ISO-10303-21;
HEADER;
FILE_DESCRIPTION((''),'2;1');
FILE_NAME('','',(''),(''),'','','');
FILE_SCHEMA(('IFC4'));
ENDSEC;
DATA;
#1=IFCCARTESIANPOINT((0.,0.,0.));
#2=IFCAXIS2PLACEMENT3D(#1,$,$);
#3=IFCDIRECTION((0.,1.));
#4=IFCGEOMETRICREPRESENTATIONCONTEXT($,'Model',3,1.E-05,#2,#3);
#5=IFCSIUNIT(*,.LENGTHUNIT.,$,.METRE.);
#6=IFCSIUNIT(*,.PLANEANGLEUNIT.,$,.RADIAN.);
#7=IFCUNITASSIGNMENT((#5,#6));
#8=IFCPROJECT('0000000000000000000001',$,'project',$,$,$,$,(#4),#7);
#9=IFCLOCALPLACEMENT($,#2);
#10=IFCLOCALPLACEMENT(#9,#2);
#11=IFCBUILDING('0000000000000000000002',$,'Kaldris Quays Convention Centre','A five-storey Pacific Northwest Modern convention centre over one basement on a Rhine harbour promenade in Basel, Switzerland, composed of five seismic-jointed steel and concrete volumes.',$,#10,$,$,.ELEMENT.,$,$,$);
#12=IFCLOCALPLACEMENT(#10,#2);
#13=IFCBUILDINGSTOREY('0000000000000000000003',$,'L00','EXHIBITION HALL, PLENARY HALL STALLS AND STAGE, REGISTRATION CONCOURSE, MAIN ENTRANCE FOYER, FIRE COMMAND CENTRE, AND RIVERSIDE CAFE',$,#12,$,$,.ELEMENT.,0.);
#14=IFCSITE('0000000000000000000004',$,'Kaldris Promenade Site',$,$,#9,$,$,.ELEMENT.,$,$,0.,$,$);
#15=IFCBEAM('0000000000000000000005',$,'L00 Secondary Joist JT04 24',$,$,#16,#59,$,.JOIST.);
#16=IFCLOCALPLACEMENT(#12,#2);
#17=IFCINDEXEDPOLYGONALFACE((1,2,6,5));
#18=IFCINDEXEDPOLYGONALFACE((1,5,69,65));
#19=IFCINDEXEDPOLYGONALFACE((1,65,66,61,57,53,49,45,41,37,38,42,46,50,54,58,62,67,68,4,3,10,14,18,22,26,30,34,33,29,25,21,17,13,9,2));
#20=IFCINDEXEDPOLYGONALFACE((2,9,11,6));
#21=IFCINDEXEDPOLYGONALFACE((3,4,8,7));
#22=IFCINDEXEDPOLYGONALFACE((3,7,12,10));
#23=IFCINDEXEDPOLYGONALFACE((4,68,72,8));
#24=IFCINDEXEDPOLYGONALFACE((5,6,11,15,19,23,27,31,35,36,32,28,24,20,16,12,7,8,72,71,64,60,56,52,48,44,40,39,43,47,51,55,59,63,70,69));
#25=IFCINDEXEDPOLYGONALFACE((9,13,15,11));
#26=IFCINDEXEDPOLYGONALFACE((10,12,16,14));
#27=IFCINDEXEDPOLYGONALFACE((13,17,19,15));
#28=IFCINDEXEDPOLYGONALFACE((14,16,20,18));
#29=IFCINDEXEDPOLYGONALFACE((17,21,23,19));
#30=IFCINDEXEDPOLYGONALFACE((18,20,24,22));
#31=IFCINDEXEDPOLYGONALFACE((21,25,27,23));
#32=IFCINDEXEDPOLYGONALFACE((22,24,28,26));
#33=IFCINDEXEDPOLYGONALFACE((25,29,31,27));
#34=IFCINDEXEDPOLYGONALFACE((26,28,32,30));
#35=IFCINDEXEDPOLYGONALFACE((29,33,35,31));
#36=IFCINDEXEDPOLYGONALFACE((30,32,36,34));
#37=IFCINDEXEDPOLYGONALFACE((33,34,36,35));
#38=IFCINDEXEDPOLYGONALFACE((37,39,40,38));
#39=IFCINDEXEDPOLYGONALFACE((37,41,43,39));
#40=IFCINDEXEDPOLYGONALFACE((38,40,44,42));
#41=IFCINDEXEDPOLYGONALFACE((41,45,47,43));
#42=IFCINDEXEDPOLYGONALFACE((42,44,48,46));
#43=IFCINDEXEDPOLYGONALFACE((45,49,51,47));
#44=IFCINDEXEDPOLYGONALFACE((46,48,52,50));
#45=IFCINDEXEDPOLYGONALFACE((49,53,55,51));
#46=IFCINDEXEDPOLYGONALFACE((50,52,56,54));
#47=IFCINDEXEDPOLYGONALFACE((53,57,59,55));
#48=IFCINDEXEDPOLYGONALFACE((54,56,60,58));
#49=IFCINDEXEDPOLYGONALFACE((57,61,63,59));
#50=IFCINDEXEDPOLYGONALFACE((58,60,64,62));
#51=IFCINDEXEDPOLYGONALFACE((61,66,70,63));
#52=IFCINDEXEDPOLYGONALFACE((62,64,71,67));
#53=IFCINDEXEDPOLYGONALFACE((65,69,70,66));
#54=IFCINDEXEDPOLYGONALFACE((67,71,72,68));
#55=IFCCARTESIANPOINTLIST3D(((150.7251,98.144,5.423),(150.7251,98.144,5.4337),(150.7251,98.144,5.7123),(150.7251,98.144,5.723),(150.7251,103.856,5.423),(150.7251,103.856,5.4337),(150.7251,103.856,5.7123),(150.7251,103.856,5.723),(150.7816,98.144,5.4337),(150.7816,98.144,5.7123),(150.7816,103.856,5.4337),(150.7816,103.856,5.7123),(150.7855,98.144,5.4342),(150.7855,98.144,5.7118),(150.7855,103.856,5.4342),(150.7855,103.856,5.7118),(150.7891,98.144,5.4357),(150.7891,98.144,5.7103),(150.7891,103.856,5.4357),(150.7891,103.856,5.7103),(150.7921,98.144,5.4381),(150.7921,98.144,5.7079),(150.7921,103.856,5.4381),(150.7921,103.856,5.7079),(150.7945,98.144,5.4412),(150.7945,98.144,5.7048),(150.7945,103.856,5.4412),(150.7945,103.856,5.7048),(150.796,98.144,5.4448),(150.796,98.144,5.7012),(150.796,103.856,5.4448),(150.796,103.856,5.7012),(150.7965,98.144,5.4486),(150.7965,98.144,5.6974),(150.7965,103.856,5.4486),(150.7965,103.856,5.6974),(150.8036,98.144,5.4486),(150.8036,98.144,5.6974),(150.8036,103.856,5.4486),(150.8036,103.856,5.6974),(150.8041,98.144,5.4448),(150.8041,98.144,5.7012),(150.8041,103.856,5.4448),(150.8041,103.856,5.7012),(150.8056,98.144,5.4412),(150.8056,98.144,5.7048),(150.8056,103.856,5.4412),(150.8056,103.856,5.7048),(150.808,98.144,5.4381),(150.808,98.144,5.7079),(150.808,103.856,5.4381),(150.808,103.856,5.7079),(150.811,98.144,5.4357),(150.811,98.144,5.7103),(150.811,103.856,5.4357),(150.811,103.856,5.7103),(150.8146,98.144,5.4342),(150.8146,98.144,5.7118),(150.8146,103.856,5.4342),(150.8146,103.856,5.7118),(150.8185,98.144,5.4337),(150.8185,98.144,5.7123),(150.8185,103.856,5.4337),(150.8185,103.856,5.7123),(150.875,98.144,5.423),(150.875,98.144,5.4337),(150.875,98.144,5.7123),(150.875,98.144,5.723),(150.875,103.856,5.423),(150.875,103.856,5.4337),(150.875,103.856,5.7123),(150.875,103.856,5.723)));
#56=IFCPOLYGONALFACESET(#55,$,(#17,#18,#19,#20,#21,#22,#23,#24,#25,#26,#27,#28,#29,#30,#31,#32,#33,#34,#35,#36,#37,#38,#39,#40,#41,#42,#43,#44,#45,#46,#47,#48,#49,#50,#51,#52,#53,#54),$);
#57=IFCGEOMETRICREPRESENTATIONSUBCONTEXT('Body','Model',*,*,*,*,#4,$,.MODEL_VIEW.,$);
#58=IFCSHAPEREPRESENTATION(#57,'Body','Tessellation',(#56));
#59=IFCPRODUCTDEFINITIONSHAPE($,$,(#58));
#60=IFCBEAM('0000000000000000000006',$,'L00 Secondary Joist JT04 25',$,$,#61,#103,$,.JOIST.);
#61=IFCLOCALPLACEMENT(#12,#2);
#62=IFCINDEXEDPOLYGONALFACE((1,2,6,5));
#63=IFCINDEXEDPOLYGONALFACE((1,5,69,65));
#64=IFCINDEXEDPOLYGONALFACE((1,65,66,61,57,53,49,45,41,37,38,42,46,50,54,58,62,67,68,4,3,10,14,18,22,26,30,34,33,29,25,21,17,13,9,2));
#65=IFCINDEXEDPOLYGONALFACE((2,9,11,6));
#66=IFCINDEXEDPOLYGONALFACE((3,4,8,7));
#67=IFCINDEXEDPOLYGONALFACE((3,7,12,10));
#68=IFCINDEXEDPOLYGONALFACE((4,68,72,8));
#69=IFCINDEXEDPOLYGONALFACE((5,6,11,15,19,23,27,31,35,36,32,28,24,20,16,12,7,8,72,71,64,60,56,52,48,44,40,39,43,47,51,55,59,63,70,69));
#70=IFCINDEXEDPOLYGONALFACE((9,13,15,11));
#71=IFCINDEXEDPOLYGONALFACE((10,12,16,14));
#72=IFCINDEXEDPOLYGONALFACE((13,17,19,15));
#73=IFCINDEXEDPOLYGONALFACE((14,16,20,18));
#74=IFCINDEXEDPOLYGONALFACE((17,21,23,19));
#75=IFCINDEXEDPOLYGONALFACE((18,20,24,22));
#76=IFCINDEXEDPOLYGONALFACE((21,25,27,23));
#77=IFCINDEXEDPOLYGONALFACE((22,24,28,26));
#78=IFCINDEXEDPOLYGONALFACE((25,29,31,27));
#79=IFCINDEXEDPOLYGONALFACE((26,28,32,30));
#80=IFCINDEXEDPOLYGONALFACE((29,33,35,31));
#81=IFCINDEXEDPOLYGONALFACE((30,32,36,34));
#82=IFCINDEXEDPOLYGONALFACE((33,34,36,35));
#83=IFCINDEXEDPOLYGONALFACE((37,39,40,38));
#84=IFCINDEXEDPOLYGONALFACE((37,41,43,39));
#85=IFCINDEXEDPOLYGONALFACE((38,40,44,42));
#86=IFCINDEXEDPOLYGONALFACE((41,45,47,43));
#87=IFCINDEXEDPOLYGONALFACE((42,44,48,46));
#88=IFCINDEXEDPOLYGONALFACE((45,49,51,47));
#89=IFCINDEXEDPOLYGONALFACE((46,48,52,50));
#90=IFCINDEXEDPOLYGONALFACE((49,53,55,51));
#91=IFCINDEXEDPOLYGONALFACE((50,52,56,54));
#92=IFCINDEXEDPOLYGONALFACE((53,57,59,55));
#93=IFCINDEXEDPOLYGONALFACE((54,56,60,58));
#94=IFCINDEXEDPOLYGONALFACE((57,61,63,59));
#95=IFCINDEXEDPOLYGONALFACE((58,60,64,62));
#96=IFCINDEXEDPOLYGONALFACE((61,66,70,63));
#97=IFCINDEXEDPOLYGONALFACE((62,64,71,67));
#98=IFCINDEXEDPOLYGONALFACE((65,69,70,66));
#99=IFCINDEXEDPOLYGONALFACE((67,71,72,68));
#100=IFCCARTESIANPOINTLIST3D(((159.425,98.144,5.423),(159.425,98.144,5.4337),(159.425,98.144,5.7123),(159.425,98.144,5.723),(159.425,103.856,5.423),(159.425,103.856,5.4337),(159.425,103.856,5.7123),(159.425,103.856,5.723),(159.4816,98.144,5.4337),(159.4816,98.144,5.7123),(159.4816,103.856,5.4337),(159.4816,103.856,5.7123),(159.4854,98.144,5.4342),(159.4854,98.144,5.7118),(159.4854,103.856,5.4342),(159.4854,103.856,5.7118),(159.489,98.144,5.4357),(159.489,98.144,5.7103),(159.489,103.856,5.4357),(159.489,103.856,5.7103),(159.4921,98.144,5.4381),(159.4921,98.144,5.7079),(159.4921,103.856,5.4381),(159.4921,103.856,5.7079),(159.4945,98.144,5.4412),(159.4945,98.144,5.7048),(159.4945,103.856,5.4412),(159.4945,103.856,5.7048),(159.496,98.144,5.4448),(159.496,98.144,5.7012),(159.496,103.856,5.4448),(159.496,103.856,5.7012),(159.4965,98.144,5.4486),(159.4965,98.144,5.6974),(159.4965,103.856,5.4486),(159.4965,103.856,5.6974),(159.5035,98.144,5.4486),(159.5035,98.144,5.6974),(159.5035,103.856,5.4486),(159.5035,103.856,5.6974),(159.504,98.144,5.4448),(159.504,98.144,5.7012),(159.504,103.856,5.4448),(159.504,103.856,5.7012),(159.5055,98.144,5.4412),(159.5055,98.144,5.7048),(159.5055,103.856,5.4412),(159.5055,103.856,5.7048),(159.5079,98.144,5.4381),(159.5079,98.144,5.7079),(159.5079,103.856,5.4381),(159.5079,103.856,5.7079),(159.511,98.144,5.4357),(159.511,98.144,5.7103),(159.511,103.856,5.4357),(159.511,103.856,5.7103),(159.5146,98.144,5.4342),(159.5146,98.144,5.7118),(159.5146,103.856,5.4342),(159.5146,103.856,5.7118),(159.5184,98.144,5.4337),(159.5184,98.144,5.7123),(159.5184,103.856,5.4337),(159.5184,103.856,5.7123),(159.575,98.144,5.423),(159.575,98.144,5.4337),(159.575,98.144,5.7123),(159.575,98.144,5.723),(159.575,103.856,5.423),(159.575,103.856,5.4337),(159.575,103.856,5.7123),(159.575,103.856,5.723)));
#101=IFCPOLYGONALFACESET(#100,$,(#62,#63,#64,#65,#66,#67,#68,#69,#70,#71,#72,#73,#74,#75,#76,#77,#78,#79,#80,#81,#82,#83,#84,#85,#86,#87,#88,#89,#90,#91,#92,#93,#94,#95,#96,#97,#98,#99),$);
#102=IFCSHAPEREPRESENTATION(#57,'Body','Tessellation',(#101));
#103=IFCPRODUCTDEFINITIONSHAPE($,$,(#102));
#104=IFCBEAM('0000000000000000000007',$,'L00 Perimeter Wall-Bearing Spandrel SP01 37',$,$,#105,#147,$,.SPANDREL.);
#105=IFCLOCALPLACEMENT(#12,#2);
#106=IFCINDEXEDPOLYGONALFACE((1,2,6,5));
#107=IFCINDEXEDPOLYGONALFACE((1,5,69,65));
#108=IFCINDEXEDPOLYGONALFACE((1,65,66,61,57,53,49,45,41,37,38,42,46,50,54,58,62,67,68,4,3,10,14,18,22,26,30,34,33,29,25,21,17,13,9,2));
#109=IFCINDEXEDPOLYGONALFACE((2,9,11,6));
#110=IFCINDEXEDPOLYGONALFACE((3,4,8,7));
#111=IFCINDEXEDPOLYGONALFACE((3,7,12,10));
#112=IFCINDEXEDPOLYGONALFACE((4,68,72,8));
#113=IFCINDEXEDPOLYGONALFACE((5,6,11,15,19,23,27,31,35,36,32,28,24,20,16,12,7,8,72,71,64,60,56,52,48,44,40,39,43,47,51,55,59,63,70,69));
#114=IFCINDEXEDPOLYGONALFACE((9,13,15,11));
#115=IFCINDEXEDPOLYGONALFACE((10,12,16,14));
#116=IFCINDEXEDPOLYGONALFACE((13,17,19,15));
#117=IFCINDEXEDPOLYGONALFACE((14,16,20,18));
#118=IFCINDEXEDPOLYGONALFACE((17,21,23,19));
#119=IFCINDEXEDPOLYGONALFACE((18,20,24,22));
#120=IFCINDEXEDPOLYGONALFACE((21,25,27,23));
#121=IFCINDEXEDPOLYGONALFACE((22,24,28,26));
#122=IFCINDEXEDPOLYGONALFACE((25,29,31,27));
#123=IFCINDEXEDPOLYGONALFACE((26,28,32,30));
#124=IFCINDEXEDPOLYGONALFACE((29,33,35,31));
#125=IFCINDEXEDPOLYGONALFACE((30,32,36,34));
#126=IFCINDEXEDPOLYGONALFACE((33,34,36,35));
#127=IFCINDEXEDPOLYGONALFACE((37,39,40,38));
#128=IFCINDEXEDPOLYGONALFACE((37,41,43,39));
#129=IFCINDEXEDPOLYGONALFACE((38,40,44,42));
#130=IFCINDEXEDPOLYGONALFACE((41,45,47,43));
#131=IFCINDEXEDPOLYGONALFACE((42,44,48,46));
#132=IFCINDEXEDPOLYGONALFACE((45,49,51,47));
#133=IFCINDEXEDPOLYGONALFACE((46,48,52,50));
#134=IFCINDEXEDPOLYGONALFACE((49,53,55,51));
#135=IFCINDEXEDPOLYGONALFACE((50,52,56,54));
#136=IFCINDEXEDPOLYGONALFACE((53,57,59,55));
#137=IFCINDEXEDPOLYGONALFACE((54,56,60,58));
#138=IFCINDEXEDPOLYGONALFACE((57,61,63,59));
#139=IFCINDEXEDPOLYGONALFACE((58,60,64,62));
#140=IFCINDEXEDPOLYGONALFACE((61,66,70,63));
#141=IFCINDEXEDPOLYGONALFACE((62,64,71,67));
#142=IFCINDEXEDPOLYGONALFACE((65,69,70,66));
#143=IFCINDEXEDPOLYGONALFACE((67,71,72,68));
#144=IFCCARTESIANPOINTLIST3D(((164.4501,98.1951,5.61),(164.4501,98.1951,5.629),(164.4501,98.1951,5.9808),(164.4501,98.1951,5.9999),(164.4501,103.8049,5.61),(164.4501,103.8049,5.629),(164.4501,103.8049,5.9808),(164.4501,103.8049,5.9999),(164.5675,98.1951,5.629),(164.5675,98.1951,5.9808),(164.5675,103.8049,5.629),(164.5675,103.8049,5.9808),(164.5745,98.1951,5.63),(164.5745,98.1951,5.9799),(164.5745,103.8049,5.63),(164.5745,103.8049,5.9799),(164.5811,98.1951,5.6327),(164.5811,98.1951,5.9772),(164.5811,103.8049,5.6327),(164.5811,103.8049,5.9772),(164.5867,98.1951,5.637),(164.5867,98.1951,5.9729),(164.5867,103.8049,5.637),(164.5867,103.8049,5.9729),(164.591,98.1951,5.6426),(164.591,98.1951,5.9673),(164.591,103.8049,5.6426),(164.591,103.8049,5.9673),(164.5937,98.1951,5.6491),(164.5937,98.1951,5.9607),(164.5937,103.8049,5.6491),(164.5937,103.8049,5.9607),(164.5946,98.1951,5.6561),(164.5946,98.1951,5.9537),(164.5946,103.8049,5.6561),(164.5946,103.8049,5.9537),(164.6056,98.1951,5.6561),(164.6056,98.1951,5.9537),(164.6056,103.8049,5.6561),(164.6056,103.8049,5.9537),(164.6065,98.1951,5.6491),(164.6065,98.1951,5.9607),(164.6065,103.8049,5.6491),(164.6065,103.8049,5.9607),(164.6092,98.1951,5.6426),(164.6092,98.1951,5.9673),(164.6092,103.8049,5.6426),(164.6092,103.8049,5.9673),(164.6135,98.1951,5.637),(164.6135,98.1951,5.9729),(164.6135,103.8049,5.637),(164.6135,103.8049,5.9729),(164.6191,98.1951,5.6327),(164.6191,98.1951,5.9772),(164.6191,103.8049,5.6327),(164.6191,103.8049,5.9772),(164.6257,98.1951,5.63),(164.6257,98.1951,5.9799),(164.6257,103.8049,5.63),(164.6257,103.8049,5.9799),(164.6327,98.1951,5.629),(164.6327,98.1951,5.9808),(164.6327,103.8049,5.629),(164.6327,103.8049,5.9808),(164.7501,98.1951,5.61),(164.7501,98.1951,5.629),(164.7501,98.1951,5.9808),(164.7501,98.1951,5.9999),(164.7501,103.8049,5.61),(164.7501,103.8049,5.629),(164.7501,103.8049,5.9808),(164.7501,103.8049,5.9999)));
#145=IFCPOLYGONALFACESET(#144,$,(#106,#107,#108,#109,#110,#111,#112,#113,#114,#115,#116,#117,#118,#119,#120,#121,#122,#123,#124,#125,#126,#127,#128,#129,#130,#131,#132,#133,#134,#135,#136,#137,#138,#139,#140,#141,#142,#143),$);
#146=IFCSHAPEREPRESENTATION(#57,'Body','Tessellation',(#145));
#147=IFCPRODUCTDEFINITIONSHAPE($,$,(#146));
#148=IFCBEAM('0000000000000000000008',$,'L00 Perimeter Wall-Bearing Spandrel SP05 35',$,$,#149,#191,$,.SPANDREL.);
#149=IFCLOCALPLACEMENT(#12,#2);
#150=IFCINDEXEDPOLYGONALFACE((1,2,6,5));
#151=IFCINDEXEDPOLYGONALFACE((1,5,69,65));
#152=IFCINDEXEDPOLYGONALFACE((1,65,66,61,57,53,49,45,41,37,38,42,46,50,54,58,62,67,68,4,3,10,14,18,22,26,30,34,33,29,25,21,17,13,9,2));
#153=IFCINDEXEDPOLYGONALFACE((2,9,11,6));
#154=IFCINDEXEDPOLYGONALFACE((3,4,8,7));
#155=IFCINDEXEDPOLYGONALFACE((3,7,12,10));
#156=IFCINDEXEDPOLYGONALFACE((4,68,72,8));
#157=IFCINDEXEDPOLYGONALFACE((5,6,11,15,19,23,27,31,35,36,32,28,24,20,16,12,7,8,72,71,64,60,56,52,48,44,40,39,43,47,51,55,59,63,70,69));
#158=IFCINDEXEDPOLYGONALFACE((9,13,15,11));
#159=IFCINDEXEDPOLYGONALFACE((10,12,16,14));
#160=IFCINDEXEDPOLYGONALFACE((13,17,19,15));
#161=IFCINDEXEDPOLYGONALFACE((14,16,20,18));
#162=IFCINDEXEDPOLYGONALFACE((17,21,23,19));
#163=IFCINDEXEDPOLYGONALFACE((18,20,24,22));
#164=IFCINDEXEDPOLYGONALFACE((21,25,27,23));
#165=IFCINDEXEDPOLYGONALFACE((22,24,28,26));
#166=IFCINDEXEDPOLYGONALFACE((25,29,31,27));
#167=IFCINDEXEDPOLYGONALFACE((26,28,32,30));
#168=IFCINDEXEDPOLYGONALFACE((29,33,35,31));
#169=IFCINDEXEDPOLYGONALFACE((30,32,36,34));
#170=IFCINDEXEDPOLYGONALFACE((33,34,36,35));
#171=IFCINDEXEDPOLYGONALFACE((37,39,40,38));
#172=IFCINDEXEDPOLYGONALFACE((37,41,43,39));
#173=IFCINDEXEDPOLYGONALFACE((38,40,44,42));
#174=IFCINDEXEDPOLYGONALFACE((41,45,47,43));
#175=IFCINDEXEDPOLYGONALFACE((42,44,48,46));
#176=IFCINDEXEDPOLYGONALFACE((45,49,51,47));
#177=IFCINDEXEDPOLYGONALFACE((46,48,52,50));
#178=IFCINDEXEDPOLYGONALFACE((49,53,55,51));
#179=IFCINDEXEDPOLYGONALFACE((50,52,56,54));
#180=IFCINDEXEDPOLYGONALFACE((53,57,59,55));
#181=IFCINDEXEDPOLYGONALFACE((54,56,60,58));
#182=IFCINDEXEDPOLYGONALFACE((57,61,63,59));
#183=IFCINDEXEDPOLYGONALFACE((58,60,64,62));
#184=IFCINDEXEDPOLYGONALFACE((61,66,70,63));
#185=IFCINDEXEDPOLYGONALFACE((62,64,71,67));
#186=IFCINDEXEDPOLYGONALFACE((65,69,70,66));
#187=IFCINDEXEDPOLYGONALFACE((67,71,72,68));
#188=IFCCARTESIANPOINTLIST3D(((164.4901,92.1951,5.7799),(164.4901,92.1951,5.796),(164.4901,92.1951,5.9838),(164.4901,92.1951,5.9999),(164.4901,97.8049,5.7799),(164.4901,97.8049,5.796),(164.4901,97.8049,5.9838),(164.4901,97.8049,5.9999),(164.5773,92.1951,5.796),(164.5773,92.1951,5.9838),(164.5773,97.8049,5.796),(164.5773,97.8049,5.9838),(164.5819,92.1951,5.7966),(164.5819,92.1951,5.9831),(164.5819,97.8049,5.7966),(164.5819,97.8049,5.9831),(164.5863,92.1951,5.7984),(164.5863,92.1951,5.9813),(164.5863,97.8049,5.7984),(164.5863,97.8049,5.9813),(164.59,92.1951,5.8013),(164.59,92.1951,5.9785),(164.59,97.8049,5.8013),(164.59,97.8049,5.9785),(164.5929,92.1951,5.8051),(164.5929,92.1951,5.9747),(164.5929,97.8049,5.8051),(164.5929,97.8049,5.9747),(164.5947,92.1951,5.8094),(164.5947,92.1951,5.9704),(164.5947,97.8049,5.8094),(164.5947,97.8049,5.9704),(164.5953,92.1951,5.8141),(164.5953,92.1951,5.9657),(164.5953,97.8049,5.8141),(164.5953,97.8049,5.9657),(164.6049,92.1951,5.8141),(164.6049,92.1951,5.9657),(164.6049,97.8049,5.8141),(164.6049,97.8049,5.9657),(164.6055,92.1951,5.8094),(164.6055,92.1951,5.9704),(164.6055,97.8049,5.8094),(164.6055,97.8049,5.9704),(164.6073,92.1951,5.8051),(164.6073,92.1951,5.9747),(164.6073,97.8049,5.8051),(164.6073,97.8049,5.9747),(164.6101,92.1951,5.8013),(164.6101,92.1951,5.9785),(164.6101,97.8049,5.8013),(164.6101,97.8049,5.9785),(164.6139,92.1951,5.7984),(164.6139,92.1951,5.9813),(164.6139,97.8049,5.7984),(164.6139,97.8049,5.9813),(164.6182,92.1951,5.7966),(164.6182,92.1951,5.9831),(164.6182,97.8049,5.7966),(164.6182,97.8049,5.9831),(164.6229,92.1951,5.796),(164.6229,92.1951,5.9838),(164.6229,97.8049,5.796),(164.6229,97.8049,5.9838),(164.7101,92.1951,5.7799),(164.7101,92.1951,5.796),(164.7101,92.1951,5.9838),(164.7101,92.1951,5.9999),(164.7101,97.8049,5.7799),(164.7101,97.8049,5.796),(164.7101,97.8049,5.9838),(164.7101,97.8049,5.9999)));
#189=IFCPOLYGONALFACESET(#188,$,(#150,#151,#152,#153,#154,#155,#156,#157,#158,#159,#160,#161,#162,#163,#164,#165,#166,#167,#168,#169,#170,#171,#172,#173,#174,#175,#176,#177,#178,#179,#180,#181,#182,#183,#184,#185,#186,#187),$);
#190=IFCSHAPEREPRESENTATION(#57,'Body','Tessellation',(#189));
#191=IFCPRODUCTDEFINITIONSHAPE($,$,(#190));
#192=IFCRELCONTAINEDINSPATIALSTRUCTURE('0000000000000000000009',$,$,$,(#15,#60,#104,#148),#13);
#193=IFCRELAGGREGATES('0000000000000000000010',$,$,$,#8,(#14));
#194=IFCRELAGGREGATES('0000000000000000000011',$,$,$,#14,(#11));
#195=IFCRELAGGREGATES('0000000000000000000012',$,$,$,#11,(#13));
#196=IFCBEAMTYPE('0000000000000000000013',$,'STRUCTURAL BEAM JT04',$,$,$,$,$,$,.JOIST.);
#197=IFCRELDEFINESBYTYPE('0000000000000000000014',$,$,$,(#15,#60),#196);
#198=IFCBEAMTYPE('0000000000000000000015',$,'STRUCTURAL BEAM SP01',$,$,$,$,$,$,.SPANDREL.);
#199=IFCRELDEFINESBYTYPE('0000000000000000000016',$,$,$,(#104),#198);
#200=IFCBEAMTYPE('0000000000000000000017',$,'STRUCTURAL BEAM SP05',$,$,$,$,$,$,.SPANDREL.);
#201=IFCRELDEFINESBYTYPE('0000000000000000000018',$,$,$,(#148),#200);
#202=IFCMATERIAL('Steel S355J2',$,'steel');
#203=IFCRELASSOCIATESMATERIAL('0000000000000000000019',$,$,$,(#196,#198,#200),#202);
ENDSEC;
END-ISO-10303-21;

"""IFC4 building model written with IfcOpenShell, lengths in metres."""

from ifc_helpers import new_model, si_unit, direction, frame, origin, origin_2d, place, context, subcontext, project, spatial, i_section, extrude, material, material_profile, profile_set, type_object, element, save


model = new_model("IFC4")

# Units and contexts
model_context = context("Model", 3, precision=1e-05, world=origin(), true_north=direction((0.0, 1.0)))
body_context = subcontext(model_context, "Body", "Model", "MODEL_VIEW")
ifc_project = project(units=[si_unit("LENGTHUNIT", "METRE"), si_unit("PLANEANGLEUNIT", "RADIAN")], contexts=[model_context])

# Site, building, storey
site_placement = place(None, origin())
site = spatial("IfcSite", under=ifc_project, at=site_placement, Name="Kaldris Promenade Site", CompositionType="ELEMENT", RefElevation=0.0)
building_placement = place(site_placement, origin())
building = spatial("IfcBuilding", under=site, at=building_placement, Name="Kaldris Quays Convention Centre", Description="A five-storey Pacific Northwest Modern convention centre over one basement on a Rhine harbour promenade in Basel, Switzerland, composed of five seismic-jointed steel and concrete volumes.", CompositionType="ELEMENT")
storey_placement = place(building_placement, origin())
storey = spatial("IfcBuildingStorey", under=building, at=storey_placement, Name="L00", Description="EXHIBITION HALL, PLENARY HALL STALLS AND STAGE, REGISTRATION CONCOURSE, MAIN ENTRANCE FOYER, FIRE COMMAND CENTRE, AND RIVERSIDE CAFE", CompositionType="ELEMENT", Elevation=0.0)

# Shared definitions
ifc_material_1 = material(Name="Steel S355J2", Category="steel")

# Beams
ifc_material_profile_1 = material_profile(ifc_material_1, i_section(OverallWidth=0.1499, OverallDepth=0.3, WebThickness=0.0071, FlangeThickness=0.0107, FilletRadius=0.0149, at=origin_2d()), Name="IPE 300")
ifc_profile_set_1 = profile_set([ifc_material_profile_1], Name="Steel S355J2")
beam_type_1 = type_object("IfcBeamType", Name="STRUCTURAL BEAM JT04", PredefinedType="JOIST", material=ifc_profile_set_1)
for number, where, z_axis, x_axis, name in (
    (1, (150.8, 98.144, 5.573), (0.0, 1.0, 0.0), (-1.0, 0.0, 0.0), "L00 Secondary Joist JT04 24"),
    (2, (159.5, 98.144, 5.573), (0.0, 1.0, 0.0), (-1.0, 0.0, 0.0), "L00 Secondary Joist JT04 25"),
):
    element("IfcBeam", number, at=place(storey_placement, frame(where, z_axis=z_axis, x_axis=x_axis)), inside=storey, type_object=beam_type_1, Name=name, PredefinedType="JOIST", context=body_context, shape_type="SweptSolid", body=[
        extrude(i_section(OverallWidth=0.1499, OverallDepth=0.3, WebThickness=0.0071, FlangeThickness=0.0107, FilletRadius=0.0149, at=origin_2d()), origin(), (0.0, 0.0, 1.0), 5.7119),
    ])
ifc_material_profile_2 = material_profile(ifc_material_1, i_section(OverallWidth=0.3, OverallDepth=0.3899, WebThickness=0.011, FlangeThickness=0.019, FilletRadius=0.0271, at=origin_2d()), Name="HEA 400")
ifc_profile_set_2 = profile_set([ifc_material_profile_2], Name="Steel S355J2")
beam_type_2 = type_object("IfcBeamType", Name="STRUCTURAL BEAM SP01", PredefinedType="SPANDREL", material=ifc_profile_set_2)
beam_1_placement = place(storey_placement, frame((164.6001, 98.1951, 5.8049), z_axis=(0.0, 1.0, 0.0), x_axis=(-1.0, 0.0, 0.0)))
element("IfcBeam", 3, at=beam_1_placement, inside=storey, type_object=beam_type_2, Name="L00 Perimeter Wall-Bearing Spandrel SP01 37", PredefinedType="SPANDREL", context=body_context, shape_type="SweptSolid", body=[
    extrude(i_section(OverallWidth=0.3, OverallDepth=0.3899, WebThickness=0.011, FlangeThickness=0.019, FilletRadius=0.0271, at=origin_2d()), origin(), (0.0, 0.0, 1.0), 5.6099),
])
ifc_material_profile_3 = material_profile(ifc_material_1, i_section(OverallWidth=0.22, OverallDepth=0.22, WebThickness=0.0095, FlangeThickness=0.0161, FilletRadius=0.0181, at=origin_2d()), Name="HEB 220")
ifc_profile_set_3 = profile_set([ifc_material_profile_3], Name="Steel S355J2")
beam_type_3 = type_object("IfcBeamType", Name="STRUCTURAL BEAM SP05", PredefinedType="SPANDREL", material=ifc_profile_set_3)
beam_2_placement = place(storey_placement, frame((164.6001, 92.1951, 5.8899), z_axis=(0.0, 1.0, 0.0), x_axis=(-1.0, 0.0, 0.0)))
element("IfcBeam", 4, at=beam_2_placement, inside=storey, type_object=beam_type_3, Name="L00 Perimeter Wall-Bearing Spandrel SP05 35", PredefinedType="SPANDREL", context=body_context, shape_type="SweptSolid", body=[
    extrude(i_section(OverallWidth=0.22, OverallDepth=0.22, WebThickness=0.0095, FlangeThickness=0.0161, FilletRadius=0.0181, at=origin_2d()), origin(), (0.0, 0.0, 1.0), 5.6099),
])

save(model, "model.ifc")
